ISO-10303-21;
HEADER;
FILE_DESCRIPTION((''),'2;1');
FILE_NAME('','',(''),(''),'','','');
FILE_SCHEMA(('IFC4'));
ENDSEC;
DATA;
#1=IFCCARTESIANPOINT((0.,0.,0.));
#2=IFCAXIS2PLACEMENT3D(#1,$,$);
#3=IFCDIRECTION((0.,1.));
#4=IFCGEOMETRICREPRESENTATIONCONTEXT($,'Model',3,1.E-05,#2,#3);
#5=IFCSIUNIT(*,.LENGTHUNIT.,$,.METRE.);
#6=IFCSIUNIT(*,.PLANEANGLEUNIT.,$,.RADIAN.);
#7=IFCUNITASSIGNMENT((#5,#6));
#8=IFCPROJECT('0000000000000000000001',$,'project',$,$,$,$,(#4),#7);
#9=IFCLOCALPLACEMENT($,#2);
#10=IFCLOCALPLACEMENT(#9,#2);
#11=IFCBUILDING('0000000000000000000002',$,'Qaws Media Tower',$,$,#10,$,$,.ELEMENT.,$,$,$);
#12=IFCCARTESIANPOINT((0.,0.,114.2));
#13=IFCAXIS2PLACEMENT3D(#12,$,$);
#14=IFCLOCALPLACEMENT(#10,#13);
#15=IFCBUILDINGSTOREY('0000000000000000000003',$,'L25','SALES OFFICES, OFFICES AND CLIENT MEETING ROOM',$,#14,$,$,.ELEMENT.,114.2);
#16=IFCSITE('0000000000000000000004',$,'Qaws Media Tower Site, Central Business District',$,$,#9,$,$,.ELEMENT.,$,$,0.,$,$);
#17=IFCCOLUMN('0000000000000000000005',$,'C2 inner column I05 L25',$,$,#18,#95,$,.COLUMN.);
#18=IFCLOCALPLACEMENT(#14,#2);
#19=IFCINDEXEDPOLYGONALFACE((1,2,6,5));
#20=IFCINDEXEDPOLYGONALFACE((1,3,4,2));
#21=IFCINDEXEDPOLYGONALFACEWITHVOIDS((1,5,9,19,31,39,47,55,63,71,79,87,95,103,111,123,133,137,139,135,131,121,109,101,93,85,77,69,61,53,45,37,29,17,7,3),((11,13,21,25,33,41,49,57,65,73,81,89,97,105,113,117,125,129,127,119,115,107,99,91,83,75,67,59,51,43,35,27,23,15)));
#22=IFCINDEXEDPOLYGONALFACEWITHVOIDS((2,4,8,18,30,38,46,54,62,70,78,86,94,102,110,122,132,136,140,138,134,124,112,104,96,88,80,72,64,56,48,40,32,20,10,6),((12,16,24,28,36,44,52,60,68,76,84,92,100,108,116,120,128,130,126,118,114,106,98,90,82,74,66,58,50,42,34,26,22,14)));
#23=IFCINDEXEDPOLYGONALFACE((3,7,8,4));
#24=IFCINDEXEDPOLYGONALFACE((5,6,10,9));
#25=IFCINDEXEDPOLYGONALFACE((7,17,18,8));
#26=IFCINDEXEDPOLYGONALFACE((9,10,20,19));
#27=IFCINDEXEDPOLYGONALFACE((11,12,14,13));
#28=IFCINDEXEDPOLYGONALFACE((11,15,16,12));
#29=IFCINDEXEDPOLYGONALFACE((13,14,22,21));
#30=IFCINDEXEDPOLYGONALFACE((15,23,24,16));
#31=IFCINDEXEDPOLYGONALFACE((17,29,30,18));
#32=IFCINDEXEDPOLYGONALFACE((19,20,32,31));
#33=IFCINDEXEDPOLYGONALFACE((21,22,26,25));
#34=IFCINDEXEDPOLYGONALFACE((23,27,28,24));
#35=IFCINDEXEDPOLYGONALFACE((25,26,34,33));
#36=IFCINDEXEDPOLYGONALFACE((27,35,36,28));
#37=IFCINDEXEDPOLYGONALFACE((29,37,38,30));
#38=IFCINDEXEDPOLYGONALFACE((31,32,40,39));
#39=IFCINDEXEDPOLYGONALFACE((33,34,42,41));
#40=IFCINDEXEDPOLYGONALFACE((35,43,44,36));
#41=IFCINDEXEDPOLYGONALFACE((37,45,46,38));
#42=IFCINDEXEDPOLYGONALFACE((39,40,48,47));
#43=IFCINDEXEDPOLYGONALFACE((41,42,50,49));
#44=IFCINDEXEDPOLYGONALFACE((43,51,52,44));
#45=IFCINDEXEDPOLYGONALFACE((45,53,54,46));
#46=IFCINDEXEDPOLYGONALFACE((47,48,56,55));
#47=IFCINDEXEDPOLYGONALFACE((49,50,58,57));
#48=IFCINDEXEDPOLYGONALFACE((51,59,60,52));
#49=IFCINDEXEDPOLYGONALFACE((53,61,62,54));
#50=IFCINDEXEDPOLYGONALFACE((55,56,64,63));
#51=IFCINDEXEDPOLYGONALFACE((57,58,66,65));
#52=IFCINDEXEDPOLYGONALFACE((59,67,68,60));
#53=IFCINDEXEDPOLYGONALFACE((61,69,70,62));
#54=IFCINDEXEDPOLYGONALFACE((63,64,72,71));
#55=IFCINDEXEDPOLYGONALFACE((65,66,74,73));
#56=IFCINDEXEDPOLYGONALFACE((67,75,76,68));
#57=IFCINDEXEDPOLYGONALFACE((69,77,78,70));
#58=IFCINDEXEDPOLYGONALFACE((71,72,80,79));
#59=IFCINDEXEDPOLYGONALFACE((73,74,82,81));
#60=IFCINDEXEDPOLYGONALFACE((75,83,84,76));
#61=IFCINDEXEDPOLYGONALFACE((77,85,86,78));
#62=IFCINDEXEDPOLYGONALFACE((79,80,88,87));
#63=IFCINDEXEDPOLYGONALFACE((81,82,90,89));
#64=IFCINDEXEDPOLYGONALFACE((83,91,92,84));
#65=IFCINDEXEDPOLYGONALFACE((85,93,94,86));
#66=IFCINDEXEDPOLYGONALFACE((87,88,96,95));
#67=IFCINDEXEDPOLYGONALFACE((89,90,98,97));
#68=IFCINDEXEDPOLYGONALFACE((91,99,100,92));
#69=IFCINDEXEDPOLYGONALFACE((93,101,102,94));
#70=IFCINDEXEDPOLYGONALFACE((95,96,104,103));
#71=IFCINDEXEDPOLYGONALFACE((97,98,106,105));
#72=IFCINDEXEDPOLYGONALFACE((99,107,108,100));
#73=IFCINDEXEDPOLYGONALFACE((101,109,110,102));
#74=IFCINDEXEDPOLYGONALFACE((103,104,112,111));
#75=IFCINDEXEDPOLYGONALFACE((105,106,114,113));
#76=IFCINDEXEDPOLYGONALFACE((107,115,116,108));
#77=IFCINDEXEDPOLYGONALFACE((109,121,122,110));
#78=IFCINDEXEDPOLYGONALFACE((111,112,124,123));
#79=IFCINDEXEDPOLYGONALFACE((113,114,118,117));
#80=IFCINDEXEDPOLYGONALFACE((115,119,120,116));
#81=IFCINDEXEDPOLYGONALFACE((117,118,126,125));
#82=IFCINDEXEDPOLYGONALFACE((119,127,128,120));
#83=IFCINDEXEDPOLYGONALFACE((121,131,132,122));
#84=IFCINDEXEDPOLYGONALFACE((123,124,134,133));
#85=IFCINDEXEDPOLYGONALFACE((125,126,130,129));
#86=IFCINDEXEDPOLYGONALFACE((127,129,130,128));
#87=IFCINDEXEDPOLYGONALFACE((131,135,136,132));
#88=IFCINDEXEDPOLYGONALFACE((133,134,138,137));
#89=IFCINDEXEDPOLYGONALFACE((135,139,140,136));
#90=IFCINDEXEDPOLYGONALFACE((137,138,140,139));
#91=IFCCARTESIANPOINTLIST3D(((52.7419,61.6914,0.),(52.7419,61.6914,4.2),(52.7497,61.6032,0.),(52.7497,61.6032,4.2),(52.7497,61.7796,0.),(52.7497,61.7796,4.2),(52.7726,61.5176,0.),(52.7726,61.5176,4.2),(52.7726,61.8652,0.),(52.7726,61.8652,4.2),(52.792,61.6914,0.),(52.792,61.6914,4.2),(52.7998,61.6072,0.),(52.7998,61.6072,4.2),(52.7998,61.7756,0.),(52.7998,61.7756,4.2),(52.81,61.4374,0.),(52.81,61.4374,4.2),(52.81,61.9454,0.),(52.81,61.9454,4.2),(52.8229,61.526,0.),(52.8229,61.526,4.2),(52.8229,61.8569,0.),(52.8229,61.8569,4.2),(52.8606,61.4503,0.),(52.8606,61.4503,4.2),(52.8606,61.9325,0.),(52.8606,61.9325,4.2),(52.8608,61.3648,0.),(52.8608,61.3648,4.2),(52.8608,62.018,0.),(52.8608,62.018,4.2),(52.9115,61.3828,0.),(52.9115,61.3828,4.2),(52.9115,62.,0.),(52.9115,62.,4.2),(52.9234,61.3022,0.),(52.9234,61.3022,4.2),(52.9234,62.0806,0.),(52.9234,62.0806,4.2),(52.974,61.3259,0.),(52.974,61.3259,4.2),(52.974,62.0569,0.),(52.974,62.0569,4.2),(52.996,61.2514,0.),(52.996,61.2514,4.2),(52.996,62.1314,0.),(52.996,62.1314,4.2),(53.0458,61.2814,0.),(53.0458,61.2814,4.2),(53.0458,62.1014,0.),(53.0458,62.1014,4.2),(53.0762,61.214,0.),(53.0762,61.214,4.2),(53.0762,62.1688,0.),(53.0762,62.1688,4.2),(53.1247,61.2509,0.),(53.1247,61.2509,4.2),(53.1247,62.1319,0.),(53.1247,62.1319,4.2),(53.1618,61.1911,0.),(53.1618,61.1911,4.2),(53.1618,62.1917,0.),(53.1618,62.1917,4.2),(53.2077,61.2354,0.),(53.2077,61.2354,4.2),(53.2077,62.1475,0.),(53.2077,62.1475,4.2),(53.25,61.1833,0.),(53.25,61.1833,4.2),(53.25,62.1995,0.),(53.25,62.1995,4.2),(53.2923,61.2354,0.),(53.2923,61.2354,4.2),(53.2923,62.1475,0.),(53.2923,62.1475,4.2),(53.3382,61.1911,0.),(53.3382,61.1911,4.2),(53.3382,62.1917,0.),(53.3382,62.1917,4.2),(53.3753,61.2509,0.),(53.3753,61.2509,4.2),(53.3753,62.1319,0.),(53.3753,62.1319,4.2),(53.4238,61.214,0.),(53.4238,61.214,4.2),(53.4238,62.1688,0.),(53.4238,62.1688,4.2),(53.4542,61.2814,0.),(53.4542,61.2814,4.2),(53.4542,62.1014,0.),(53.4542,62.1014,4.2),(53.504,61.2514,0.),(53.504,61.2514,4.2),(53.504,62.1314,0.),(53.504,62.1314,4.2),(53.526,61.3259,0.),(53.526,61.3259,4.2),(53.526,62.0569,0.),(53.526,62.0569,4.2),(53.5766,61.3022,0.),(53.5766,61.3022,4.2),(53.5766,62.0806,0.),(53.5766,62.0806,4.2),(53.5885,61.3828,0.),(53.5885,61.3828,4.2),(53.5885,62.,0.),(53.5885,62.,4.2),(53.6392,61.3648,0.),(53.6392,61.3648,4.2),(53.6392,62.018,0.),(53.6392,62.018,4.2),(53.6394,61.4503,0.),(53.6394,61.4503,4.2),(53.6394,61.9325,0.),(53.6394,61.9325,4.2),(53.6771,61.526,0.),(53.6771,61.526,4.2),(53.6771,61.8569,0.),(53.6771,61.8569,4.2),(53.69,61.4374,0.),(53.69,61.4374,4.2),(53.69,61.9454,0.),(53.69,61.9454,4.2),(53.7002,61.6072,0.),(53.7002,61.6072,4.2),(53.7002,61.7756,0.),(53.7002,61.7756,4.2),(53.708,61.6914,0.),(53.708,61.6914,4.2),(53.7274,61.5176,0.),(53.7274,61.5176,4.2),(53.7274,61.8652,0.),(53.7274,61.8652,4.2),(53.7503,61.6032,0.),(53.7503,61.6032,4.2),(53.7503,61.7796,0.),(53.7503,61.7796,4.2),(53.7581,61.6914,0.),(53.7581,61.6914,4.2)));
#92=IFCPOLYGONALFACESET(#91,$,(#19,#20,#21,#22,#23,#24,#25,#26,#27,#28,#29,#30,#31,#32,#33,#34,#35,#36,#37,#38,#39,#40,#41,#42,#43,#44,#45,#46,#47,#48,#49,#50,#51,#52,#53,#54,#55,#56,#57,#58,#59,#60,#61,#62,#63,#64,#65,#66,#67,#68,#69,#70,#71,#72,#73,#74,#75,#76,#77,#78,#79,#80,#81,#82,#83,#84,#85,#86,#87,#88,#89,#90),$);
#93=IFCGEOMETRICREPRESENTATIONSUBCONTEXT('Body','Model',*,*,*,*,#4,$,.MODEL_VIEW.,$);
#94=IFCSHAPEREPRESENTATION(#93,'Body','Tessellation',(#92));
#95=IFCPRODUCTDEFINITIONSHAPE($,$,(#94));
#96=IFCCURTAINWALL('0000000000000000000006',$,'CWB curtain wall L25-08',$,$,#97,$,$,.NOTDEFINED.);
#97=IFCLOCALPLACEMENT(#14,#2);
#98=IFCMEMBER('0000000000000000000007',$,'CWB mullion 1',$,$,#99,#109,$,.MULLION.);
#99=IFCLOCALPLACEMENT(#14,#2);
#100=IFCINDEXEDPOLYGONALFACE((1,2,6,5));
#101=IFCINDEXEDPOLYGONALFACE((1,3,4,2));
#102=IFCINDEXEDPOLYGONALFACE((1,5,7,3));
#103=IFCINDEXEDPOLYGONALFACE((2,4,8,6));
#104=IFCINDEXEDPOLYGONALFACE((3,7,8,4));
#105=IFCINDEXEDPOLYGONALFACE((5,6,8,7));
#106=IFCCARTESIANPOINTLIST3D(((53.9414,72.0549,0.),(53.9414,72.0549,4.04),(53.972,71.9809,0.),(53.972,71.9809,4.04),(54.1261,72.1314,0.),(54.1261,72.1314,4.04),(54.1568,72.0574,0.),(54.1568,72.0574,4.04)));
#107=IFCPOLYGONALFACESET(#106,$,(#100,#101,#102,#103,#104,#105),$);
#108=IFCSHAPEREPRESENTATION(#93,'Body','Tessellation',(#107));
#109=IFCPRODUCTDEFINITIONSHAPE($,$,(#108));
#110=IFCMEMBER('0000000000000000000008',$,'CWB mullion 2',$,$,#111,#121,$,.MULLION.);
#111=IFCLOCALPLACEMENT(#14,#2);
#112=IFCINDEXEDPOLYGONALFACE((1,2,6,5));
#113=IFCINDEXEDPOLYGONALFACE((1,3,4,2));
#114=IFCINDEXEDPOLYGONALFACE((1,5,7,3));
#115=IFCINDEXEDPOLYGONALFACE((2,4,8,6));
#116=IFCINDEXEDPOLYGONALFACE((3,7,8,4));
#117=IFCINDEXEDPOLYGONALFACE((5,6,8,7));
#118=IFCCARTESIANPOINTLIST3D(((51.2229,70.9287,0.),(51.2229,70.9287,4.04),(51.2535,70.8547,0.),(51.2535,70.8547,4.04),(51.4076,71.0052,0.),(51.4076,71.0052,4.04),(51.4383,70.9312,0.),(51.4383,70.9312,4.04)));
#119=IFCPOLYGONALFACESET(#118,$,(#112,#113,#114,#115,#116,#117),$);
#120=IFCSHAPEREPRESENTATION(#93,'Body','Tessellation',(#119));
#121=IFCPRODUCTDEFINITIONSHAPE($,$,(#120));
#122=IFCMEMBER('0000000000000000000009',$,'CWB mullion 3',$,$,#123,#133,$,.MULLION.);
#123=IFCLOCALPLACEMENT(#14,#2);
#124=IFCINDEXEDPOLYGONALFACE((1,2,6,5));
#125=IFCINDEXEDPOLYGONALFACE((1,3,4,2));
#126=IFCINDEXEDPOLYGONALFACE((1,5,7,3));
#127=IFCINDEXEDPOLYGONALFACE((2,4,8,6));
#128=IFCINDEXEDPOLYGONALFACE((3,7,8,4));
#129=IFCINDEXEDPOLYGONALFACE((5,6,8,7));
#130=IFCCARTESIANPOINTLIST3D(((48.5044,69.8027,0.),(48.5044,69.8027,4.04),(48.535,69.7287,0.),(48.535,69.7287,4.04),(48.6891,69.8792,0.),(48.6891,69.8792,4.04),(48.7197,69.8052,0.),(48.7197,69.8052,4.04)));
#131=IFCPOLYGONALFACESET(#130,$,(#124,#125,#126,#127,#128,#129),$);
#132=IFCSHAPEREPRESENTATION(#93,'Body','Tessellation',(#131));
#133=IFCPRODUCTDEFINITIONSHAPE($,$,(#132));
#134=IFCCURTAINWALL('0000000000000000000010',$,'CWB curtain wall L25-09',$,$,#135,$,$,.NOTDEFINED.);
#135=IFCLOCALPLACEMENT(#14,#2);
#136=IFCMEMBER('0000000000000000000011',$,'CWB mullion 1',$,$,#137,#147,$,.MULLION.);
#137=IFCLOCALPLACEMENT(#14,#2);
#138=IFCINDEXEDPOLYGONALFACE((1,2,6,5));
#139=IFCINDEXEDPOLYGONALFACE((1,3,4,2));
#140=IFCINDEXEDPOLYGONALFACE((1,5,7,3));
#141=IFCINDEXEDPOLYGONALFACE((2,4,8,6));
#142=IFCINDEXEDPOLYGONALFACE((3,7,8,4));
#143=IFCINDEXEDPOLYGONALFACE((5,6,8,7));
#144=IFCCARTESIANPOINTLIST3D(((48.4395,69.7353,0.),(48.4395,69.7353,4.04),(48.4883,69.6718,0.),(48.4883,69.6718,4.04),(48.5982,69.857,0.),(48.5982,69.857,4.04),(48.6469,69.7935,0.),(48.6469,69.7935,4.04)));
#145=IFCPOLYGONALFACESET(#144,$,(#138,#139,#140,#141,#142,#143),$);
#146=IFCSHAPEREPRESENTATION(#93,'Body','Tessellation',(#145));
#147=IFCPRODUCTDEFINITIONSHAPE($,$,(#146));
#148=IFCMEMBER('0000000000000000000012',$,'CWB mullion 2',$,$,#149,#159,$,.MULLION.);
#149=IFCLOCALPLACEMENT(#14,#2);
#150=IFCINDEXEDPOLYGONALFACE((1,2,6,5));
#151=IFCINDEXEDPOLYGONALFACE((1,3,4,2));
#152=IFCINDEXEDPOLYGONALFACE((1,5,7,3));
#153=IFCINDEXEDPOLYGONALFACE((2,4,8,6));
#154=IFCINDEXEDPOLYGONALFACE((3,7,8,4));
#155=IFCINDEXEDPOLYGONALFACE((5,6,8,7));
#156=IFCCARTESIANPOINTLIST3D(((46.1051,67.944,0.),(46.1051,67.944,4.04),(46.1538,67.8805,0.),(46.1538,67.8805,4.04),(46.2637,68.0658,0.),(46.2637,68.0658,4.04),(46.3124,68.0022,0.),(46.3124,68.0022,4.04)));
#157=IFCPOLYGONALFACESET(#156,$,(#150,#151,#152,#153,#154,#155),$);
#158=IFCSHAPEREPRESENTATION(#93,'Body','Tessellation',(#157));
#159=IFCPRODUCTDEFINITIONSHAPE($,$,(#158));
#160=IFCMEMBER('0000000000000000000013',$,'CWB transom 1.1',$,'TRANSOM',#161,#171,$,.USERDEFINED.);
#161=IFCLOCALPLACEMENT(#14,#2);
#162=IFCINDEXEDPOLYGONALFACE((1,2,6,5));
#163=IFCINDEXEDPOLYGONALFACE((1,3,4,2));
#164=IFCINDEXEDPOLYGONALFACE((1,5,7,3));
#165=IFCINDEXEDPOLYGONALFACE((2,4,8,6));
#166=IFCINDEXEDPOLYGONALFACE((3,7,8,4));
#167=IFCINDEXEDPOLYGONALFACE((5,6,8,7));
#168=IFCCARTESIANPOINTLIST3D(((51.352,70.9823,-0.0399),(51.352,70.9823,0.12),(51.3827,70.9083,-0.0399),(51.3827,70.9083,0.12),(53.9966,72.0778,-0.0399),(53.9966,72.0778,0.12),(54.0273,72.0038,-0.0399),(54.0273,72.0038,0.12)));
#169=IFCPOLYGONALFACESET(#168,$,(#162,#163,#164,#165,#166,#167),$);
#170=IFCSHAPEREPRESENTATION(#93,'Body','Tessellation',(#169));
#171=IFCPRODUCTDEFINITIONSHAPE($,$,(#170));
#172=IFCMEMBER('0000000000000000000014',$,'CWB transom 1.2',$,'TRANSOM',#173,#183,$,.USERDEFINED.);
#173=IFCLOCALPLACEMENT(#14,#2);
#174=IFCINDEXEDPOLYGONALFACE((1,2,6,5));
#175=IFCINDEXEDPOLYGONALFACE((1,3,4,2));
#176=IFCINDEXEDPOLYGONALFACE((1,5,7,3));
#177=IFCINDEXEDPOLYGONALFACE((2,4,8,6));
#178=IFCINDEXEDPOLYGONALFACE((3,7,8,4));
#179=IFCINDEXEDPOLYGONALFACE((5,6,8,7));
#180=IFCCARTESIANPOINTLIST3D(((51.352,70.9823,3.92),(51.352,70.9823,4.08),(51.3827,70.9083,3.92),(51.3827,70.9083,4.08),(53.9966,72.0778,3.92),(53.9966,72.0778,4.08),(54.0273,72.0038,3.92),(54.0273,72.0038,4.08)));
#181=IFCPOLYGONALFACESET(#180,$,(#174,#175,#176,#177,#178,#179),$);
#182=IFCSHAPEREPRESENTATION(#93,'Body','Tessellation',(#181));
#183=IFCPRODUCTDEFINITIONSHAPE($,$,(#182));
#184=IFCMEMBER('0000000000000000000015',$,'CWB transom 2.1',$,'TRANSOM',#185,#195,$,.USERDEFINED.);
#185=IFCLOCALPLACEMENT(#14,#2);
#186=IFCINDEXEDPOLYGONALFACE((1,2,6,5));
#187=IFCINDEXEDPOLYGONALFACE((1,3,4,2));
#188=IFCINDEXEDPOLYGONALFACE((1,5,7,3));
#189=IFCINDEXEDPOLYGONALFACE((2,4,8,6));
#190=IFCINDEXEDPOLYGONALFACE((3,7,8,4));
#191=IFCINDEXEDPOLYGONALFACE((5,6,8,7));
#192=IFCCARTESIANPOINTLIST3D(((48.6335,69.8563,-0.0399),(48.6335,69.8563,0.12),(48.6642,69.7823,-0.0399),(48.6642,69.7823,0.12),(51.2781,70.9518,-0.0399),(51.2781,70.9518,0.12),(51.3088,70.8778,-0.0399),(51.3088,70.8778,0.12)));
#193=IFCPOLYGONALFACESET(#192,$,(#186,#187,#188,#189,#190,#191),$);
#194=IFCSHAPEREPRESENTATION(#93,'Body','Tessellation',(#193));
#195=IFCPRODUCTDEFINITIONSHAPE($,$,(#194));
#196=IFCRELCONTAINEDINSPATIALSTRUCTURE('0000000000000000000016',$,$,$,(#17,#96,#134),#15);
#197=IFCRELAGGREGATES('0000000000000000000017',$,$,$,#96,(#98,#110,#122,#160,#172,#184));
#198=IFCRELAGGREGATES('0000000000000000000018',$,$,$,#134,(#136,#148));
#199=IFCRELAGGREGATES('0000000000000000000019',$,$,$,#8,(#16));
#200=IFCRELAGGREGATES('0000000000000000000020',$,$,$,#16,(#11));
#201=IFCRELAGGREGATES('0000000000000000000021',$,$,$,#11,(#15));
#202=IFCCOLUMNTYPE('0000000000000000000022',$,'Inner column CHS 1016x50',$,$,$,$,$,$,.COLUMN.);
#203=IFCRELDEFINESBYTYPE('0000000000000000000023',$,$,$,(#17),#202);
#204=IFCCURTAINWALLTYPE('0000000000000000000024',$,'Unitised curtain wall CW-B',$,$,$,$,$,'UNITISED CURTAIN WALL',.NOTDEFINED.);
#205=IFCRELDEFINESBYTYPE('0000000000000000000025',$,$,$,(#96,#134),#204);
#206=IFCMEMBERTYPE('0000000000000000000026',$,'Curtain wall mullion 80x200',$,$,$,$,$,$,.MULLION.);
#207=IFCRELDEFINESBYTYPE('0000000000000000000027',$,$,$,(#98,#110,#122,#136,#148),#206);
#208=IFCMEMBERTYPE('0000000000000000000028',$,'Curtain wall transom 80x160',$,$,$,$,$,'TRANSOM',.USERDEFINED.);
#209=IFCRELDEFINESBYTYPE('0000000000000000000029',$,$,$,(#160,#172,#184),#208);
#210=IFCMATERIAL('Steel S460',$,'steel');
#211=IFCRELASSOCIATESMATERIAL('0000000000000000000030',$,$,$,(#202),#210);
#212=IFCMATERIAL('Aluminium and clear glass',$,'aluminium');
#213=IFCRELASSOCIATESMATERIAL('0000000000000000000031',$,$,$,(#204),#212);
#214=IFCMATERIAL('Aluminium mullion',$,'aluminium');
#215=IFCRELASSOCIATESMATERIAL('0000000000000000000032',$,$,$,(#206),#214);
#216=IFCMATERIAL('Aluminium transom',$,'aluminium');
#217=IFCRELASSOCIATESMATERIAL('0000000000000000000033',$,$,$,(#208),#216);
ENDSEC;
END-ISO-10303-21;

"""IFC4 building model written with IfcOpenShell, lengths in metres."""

from ifc_helpers import new_model, si_unit, direction, frame, origin, origin_2d, place, context, subcontext, project, spatial, rectangle, hollow_circle, extrude, material, material_profile, profile_set, type_object, element, aggregate, save


model = new_model("IFC4")

# Units and contexts
model_context = context("Model", 3, precision=1e-05, world=origin(), true_north=direction((0.0, 1.0)))
body_context = subcontext(model_context, "Body", "Model", "MODEL_VIEW")
ifc_project = project(units=[si_unit("LENGTHUNIT", "METRE"), si_unit("PLANEANGLEUNIT", "RADIAN")], contexts=[model_context])

# Site, building, storey
site_placement = place(None, origin())
site = spatial("IfcSite", under=ifc_project, at=site_placement, Name="Qaws Media Tower Site, Central Business District", CompositionType="ELEMENT", RefElevation=0.0)
building_placement = place(site_placement, origin())
building = spatial("IfcBuilding", under=site, at=building_placement, Name="Qaws Media Tower", CompositionType="ELEMENT")
storey_placement = place(building_placement, frame((0.0, 0.0, 114.2)))
storey = spatial("IfcBuildingStorey", under=building, at=storey_placement, Name="L25", Description="SALES OFFICES, OFFICES AND CLIENT MEETING ROOM", CompositionType="ELEMENT", Elevation=114.2)

# Column
ifc_material_1 = material(Name="Steel S460", Category="steel")
ifc_material_profile_1 = material_profile(ifc_material_1, hollow_circle(Radius=0.5081, WallThickness=0.05, at=origin_2d()), Name="CHS 1016x50")
ifc_profile_set_1 = profile_set([ifc_material_profile_1], Name="Steel S460")
column_type = type_object("IfcColumnType", Name="Inner column CHS 1016x50", PredefinedType="COLUMN", material=ifc_profile_set_1)
column_placement = place(storey_placement, frame((53.25, 61.6914, 0.0), z_axis=(0.0, 0.0, 1.0), x_axis=(1.0, 0.0, 0.0)))
element("IfcColumn", 1, at=column_placement, inside=storey, type_object=column_type, Name="C2 inner column I05 L25", PredefinedType="COLUMN", context=body_context, shape_type="SweptSolid", body=[
    extrude(hollow_circle(Radius=0.5081, WallThickness=0.05, at=origin_2d()), origin(), (0.0, 0.0, 1.0), 4.2),
])

# Curtain walls, members
ifc_material_2 = material(Name="Aluminium and clear glass", Category="aluminium")
curtain_wall_type = type_object("IfcCurtainWallType", Name="Unitised curtain wall CW-B", ElementType="UNITISED CURTAIN WALL", PredefinedType="NOTDEFINED", material=ifc_material_2)
curtain_wall_1_placement = place(storey_placement, origin())
curtain_wall_1 = element("IfcCurtainWall", 2, at=curtain_wall_1_placement, inside=storey, type_object=curtain_wall_type, Name="CWB curtain wall L25-08", PredefinedType="NOTDEFINED")
ifc_material_3 = material(Name="Aluminium mullion", Category="aluminium")
ifc_material_profile_2 = material_profile(ifc_material_3, rectangle(XDim=0.0801, YDim=0.2, at=origin_2d()), Name="80x200")
ifc_profile_set_2 = profile_set([ifc_material_profile_2], Name="Aluminium mullion")
member_type_1 = type_object("IfcMemberType", Name="Curtain wall mullion 80x200", PredefinedType="MULLION", material=ifc_profile_set_2)
member_1_placement = place(storey_placement, frame((54.0491, 72.0562, 0.0), z_axis=(0.0, 0.0, 1.0), x_axis=(0.382683, -0.92388, 0.0)))
member_1 = element("IfcMember", 3, at=member_1_placement, type_object=member_type_1, Name="CWB mullion 1", PredefinedType="MULLION", context=body_context, shape_type="SweptSolid", body=[
    extrude(rectangle(XDim=0.0801, YDim=0.2, at=origin_2d()), origin(), (0.0, 0.0, 1.0), 4.04),
])
member_2_placement = place(storey_placement, frame((51.3306, 70.9299, 0.0), z_axis=(0.0, 0.0, 1.0), x_axis=(0.382683, -0.92388, 0.0)))
member_2 = element("IfcMember", 4, at=member_2_placement, type_object=member_type_1, Name="CWB mullion 2", PredefinedType="MULLION", context=body_context, shape_type="SweptSolid", body=[
    extrude(rectangle(XDim=0.0801, YDim=0.2, at=origin_2d()), origin(), (0.0, 0.0, 1.0), 4.04),
])
member_3_placement = place(storey_placement, frame((48.6121, 69.804, 0.0), z_axis=(0.0, 0.0, 1.0), x_axis=(0.382683, -0.92388, 0.0)))
member_3 = element("IfcMember", 5, at=member_3_placement, type_object=member_type_1, Name="CWB mullion 3", PredefinedType="MULLION", context=body_context, shape_type="SweptSolid", body=[
    extrude(rectangle(XDim=0.0801, YDim=0.2, at=origin_2d()), origin(), (0.0, 0.0, 1.0), 4.04),
])
curtain_wall_2_placement = place(storey_placement, origin())
curtain_wall_2 = element("IfcCurtainWall", 6, at=curtain_wall_2_placement, inside=storey, type_object=curtain_wall_type, Name="CWB curtain wall L25-09", PredefinedType="NOTDEFINED")
member_4_placement = place(storey_placement, frame((48.5432, 69.7644, 0.0), z_axis=(0.0, 0.0, 1.0), x_axis=(0.608761, -0.793353, 0.0)))
member_4 = element("IfcMember", 7, at=member_4_placement, type_object=member_type_1, Name="CWB mullion 1", PredefinedType="MULLION", context=body_context, shape_type="SweptSolid", body=[
    extrude(rectangle(XDim=0.0801, YDim=0.2, at=origin_2d()), origin(), (0.0, 0.0, 1.0), 4.04),
])
member_5_placement = place(storey_placement, frame((46.2087, 67.9731, 0.0), z_axis=(0.0, 0.0, 1.0), x_axis=(0.608761, -0.793353, 0.0)))
member_5 = element("IfcMember", 8, at=member_5_placement, type_object=member_type_1, Name="CWB mullion 2", PredefinedType="MULLION", context=body_context, shape_type="SweptSolid", body=[
    extrude(rectangle(XDim=0.0801, YDim=0.2, at=origin_2d()), origin(), (0.0, 0.0, 1.0), 4.04),
])

# Members
ifc_material_4 = material(Name="Aluminium transom", Category="aluminium")
ifc_material_profile_3 = material_profile(ifc_material_4, rectangle(XDim=0.0801, YDim=0.1599, at=origin_2d()), Name="80x160")
ifc_profile_set_3 = profile_set([ifc_material_profile_3], Name="Aluminium transom")
member_type_2 = type_object("IfcMemberType", Name="Curtain wall transom 80x160", ElementType="TRANSOM", PredefinedType="USERDEFINED", material=ifc_profile_set_3)
member_6_placement = place(storey_placement, frame((54.012, 72.0408, 0.04), z_axis=(-0.923872, -0.382701, 0.0), x_axis=(0.382701, -0.923872, 0.0)))
member_6 = element("IfcMember", 9, at=member_6_placement, type_object=member_type_2, Name="CWB transom 1.1", ObjectType="TRANSOM", PredefinedType="USERDEFINED", context=body_context, shape_type="SweptSolid", body=[
    extrude(rectangle(XDim=0.0801, YDim=0.1599, at=origin_2d()), origin(), (0.0, 0.0, 1.0), 2.8625),
])
member_7_placement = place(storey_placement, frame((54.012, 72.0408, 4.0), z_axis=(-0.923872, -0.382701, 0.0), x_axis=(0.382701, -0.923872, 0.0)))
member_7 = element("IfcMember", 10, at=member_7_placement, type_object=member_type_2, Name="CWB transom 1.2", ObjectType="TRANSOM", PredefinedType="USERDEFINED", context=body_context, shape_type="SweptSolid", body=[
    extrude(rectangle(XDim=0.0801, YDim=0.1599, at=origin_2d()), origin(), (0.0, 0.0, 1.0), 2.8625),
])
member_8_placement = place(storey_placement, frame((51.2935, 70.9148, 0.04), z_axis=(-0.923872, -0.382701, 0.0), x_axis=(0.382701, -0.923872, 0.0)))
member_8 = element("IfcMember", 11, at=member_8_placement, type_object=member_type_2, Name="CWB transom 2.1", ObjectType="TRANSOM", PredefinedType="USERDEFINED", context=body_context, shape_type="SweptSolid", body=[
    extrude(rectangle(XDim=0.0801, YDim=0.1599, at=origin_2d()), origin(), (0.0, 0.0, 1.0), 2.8625),
])

aggregate(curtain_wall_1, [member_1, member_2, member_3, member_6, member_7, member_8])
aggregate(curtain_wall_2, [member_4, member_5])

save(model, "model.ifc")
